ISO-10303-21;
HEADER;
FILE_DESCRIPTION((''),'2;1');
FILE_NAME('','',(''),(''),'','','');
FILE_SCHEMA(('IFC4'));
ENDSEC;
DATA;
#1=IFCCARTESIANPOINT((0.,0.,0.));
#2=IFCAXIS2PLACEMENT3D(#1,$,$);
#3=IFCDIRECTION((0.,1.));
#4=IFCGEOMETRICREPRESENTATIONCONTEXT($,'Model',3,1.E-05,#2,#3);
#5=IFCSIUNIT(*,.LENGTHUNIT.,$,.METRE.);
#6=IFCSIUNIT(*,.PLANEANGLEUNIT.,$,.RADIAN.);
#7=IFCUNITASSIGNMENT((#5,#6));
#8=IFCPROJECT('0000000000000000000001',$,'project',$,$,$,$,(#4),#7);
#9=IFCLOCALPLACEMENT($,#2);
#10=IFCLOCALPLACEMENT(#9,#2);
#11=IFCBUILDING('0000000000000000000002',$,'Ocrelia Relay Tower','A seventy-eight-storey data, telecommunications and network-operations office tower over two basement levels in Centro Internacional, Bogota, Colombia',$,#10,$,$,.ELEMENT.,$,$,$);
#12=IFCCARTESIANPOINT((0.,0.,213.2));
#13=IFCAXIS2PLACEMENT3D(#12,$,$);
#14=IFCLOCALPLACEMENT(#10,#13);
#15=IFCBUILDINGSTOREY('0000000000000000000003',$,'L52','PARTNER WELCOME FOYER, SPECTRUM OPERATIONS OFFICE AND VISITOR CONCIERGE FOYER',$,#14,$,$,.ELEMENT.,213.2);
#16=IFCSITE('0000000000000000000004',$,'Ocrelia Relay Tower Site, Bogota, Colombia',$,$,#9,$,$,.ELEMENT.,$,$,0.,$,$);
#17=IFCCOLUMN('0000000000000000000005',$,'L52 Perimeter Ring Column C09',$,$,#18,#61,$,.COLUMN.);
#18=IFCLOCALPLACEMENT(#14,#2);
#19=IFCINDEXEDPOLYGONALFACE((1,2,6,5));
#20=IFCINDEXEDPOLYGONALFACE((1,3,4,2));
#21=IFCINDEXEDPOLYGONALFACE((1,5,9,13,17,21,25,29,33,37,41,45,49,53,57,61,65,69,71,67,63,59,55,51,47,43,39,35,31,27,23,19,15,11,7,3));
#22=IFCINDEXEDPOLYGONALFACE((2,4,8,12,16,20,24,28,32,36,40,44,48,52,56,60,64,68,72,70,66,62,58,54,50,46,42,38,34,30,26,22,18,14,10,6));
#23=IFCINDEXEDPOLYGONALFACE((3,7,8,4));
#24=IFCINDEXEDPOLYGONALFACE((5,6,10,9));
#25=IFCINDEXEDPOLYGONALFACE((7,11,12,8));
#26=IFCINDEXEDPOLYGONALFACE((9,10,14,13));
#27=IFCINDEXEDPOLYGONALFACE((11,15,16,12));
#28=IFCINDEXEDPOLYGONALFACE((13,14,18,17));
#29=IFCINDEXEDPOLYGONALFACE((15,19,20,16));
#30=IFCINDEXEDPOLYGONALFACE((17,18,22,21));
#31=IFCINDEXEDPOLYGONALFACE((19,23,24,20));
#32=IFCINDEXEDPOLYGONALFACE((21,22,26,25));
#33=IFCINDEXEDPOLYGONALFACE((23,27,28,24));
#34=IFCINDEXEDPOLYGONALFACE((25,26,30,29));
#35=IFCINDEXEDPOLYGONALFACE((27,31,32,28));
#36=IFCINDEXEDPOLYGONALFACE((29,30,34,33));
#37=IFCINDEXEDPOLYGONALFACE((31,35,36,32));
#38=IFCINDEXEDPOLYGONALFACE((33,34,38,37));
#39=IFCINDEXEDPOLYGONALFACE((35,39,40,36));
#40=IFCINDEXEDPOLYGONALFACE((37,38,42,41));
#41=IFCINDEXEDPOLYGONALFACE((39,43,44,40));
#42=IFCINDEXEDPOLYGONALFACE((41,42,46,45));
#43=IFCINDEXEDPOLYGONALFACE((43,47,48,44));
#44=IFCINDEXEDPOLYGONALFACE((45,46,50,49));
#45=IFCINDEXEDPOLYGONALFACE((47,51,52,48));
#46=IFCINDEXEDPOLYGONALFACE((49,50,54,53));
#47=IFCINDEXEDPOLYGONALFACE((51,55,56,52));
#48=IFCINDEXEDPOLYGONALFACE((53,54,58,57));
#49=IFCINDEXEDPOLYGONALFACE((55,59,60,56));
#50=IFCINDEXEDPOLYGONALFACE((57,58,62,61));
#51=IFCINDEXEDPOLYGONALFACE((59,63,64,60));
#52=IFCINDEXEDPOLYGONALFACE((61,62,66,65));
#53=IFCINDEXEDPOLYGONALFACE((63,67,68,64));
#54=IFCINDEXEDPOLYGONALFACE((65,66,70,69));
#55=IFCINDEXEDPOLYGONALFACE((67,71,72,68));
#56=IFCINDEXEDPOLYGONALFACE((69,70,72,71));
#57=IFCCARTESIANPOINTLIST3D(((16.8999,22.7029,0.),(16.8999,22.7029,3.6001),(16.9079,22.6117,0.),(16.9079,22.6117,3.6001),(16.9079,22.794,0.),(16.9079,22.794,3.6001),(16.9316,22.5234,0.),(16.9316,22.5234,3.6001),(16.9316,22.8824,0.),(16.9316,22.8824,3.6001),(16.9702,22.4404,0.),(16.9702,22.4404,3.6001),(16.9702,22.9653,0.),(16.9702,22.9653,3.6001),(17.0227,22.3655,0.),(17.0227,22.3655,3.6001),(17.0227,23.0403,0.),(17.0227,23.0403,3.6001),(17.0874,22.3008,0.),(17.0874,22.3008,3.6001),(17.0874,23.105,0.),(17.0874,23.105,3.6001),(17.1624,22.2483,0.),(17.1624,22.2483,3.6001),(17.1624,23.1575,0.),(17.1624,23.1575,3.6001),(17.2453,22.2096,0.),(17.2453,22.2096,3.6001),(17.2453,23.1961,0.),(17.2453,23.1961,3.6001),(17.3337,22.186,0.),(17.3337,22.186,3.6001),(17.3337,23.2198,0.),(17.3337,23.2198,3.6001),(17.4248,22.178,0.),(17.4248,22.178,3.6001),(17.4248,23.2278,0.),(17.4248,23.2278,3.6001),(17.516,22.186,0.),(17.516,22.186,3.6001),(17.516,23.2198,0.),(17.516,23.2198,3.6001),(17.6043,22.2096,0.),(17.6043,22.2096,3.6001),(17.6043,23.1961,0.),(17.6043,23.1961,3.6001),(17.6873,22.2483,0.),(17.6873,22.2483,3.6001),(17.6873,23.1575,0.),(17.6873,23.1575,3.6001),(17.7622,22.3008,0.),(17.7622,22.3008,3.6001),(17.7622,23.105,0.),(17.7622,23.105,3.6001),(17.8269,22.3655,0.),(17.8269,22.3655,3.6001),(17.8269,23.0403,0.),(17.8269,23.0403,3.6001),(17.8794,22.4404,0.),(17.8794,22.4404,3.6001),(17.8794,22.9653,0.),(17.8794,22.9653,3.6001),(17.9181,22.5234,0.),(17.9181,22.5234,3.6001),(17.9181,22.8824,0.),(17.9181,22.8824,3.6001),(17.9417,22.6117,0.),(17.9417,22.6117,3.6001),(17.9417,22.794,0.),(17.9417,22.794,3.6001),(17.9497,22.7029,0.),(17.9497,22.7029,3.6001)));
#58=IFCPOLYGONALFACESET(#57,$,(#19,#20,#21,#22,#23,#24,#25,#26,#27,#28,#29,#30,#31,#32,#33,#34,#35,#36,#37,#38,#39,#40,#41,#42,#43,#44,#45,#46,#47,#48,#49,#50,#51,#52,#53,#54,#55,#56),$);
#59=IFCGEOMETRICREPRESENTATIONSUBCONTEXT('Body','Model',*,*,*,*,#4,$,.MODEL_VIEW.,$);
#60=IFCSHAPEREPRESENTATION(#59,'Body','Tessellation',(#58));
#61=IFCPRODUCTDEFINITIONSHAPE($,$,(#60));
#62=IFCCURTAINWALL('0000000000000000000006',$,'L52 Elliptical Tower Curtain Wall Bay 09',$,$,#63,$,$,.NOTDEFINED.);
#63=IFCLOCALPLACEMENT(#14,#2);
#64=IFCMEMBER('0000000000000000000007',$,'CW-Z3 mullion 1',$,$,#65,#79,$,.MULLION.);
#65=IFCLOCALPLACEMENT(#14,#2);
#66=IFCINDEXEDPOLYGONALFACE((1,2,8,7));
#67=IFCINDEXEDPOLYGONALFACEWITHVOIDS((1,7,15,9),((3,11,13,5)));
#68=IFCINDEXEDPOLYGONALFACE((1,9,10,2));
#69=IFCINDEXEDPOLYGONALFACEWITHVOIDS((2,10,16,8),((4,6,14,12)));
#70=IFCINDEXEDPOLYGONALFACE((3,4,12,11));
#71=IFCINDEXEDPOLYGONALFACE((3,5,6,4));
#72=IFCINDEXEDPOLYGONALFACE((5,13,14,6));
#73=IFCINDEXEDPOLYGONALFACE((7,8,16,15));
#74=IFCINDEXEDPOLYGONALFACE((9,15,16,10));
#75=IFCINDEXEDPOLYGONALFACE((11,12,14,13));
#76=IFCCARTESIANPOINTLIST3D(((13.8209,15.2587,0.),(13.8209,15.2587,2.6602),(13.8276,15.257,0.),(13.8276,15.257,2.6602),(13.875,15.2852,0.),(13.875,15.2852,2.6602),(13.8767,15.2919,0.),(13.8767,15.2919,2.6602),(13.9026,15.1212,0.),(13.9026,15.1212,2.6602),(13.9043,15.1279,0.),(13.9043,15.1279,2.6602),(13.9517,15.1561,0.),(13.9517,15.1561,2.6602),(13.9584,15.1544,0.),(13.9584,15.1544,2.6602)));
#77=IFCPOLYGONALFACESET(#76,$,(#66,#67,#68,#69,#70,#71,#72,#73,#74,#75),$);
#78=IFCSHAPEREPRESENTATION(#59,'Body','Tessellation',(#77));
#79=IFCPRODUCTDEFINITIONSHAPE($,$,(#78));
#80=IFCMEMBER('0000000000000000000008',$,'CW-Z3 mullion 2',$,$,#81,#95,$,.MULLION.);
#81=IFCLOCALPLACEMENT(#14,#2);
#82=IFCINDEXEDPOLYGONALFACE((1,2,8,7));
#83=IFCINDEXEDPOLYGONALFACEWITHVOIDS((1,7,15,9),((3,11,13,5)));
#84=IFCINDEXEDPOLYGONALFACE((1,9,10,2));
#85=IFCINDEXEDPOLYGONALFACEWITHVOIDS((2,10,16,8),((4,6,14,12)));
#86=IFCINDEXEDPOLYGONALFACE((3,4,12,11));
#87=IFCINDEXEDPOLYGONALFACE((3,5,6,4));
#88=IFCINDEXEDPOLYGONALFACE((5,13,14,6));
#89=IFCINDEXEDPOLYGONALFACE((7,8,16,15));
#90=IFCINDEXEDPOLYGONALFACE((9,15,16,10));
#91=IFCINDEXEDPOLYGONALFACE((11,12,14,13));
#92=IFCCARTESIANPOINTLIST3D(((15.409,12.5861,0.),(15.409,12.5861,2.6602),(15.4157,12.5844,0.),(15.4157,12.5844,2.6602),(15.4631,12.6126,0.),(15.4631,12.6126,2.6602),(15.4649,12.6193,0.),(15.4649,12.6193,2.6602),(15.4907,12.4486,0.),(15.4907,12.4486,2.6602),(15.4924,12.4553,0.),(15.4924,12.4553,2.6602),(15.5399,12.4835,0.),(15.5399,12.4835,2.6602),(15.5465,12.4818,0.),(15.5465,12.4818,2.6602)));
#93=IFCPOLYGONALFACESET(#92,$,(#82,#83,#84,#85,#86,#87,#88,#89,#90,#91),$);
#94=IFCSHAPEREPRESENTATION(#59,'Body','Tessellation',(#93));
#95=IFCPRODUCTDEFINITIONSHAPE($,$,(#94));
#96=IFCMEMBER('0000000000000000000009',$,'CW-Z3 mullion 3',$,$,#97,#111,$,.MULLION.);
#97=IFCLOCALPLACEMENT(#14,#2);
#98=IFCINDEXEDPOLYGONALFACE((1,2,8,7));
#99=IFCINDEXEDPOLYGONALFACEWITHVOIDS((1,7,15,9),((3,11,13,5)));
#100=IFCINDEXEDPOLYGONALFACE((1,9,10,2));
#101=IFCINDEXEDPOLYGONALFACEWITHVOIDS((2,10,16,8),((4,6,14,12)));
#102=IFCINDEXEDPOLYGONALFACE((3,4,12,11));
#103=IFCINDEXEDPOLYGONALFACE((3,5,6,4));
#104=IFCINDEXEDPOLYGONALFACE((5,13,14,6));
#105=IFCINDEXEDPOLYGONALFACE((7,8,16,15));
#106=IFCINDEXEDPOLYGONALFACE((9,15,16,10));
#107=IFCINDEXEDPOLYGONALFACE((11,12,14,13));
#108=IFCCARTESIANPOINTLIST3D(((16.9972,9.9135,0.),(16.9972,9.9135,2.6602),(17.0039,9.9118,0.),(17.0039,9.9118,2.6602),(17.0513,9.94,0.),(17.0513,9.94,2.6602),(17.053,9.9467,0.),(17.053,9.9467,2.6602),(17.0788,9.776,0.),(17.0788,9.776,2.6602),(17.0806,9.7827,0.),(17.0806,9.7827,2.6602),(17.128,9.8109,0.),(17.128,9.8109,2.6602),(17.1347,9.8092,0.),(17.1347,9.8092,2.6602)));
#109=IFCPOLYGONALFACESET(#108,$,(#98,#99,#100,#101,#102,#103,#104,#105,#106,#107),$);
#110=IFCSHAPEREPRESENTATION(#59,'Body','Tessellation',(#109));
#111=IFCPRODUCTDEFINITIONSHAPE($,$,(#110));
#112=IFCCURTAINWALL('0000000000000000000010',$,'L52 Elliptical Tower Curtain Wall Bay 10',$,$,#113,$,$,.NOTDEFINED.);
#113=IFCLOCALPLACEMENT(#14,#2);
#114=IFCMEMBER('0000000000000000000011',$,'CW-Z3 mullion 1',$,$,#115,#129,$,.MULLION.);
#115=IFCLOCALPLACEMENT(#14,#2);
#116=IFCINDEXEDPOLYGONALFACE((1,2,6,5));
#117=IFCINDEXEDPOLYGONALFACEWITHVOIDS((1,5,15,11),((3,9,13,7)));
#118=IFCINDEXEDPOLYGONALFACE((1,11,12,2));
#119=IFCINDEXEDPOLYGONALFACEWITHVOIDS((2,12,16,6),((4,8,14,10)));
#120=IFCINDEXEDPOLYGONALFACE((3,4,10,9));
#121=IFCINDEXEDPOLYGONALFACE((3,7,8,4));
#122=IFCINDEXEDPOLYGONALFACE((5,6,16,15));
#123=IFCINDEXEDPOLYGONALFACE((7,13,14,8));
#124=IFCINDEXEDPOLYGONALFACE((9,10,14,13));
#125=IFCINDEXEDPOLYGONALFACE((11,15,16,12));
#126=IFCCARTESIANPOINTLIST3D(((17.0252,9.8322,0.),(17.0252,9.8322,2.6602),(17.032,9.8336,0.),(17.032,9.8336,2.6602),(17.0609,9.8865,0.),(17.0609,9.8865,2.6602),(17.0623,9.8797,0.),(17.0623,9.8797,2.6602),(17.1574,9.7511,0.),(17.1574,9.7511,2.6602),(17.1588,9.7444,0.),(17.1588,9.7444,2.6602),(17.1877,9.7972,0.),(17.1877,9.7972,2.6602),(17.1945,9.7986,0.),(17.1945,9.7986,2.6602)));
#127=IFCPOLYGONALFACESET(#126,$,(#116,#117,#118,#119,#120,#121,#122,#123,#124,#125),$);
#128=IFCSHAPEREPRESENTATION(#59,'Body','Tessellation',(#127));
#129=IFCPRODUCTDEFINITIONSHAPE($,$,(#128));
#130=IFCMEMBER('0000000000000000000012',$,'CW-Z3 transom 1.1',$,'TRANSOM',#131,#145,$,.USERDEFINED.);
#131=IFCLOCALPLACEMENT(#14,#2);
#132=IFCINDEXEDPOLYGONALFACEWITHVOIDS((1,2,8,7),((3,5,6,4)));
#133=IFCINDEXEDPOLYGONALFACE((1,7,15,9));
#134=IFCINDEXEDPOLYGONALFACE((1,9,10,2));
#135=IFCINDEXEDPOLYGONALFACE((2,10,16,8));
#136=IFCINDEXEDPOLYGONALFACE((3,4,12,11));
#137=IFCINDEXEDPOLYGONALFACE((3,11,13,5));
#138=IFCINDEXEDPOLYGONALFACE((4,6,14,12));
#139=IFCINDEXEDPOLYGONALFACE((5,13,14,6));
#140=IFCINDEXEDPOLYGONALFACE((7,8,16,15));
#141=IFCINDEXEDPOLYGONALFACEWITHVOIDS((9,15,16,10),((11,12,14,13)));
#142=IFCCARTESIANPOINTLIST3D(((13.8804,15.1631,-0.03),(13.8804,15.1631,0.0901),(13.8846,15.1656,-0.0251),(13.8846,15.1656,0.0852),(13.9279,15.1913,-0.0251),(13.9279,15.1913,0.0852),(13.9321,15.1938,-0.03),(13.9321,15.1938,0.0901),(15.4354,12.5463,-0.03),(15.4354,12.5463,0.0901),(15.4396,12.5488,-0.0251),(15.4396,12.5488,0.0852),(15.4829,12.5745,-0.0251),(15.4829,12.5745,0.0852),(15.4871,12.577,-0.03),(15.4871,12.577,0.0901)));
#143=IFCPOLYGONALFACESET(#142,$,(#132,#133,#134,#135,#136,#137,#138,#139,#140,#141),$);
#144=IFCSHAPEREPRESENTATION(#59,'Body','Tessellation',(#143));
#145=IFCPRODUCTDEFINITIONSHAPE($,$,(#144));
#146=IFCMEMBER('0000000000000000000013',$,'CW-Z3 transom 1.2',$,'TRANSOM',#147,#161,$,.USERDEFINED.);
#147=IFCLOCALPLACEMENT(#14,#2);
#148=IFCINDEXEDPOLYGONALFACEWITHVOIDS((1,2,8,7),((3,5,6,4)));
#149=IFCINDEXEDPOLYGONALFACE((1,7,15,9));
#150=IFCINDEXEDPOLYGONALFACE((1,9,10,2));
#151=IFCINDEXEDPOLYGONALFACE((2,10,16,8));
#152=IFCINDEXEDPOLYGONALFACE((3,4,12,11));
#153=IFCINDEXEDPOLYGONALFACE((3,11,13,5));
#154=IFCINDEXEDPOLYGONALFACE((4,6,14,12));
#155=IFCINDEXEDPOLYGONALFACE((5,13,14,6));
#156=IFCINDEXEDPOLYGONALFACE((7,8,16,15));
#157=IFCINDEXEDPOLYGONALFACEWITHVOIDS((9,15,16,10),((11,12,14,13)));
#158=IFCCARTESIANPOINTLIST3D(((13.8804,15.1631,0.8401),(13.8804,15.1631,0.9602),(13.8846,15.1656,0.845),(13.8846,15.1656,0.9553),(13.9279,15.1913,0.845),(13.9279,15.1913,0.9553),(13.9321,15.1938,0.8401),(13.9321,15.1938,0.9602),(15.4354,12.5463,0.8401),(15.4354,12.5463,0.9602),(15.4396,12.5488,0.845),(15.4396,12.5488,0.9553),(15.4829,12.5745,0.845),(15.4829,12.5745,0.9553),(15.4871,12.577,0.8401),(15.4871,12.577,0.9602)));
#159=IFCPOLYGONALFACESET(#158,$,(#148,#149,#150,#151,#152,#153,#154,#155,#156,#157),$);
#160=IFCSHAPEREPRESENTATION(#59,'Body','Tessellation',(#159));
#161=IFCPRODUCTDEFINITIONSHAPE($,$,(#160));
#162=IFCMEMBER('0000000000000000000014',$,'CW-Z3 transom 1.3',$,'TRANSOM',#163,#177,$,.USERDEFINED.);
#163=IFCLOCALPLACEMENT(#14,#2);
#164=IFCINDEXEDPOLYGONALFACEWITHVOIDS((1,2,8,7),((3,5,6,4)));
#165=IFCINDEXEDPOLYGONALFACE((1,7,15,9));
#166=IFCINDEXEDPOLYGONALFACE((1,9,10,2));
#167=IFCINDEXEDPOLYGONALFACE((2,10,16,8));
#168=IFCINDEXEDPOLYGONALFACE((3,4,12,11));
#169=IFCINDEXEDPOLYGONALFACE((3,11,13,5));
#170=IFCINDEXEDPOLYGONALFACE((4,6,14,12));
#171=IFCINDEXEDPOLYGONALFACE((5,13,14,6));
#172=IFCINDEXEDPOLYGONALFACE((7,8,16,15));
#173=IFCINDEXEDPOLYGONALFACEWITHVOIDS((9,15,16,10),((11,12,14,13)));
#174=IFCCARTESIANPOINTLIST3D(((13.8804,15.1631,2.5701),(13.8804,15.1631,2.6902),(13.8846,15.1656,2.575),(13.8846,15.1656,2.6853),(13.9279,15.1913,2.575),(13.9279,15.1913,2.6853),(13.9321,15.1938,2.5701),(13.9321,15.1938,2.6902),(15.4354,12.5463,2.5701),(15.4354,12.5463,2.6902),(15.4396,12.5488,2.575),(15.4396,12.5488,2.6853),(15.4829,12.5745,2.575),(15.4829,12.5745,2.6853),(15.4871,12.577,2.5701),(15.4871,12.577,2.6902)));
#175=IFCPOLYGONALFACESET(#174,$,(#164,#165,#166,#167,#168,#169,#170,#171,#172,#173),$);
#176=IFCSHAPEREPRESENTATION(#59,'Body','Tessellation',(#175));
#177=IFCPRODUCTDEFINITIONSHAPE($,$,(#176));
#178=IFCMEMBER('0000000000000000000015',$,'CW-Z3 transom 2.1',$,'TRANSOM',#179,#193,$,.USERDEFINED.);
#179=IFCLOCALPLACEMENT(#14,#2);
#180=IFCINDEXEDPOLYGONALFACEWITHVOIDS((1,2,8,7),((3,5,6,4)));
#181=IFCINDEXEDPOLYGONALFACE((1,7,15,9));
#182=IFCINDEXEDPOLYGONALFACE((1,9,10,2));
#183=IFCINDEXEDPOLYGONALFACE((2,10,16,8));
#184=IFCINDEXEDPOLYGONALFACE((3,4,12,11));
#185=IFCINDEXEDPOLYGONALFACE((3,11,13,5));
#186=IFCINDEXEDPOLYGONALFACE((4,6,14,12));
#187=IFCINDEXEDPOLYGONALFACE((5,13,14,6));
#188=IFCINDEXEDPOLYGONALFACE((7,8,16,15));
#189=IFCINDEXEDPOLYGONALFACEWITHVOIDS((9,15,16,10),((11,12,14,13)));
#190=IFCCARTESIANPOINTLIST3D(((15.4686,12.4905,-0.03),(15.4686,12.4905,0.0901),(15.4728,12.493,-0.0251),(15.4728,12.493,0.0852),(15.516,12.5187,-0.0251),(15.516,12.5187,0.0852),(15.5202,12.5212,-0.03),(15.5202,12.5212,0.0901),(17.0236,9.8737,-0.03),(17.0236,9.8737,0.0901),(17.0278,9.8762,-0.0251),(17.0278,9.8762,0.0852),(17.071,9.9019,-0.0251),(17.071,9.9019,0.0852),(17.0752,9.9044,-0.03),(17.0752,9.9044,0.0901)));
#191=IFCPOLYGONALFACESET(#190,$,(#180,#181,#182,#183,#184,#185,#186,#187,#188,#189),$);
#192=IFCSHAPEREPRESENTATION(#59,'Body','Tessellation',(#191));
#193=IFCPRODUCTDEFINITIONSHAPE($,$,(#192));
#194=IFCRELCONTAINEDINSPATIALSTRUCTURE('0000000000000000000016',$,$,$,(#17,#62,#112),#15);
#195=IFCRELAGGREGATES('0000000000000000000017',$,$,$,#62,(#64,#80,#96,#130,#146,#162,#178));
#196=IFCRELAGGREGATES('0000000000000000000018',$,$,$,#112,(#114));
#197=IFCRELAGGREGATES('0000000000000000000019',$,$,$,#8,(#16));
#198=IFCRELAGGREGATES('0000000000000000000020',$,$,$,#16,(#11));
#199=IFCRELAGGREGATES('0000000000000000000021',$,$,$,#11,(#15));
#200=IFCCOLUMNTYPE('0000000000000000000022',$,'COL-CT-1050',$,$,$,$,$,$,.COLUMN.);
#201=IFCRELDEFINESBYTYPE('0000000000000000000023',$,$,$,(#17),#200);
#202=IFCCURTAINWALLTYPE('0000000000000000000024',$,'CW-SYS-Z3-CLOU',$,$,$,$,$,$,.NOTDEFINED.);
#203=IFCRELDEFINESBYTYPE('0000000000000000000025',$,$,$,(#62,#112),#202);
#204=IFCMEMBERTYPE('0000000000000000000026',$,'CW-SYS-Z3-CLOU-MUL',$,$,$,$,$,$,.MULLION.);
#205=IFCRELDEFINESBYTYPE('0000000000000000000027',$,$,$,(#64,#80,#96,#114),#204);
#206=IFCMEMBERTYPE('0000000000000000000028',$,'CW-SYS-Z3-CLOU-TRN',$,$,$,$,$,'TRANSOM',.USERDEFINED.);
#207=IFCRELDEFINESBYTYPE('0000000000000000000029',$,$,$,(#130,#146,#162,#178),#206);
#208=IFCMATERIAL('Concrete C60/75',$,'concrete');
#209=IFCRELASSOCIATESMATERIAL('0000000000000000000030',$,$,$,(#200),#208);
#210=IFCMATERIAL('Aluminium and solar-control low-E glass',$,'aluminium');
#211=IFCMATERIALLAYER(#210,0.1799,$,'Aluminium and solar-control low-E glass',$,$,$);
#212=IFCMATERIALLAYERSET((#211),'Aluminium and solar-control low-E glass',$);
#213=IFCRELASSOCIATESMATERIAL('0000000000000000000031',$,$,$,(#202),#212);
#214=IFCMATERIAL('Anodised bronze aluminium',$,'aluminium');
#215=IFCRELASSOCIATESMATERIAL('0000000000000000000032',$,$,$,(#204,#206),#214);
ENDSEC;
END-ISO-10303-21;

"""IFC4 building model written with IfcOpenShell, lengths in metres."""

from ifc_helpers import new_model, si_unit, direction, frame, origin, origin_2d, place, context, subcontext, project, spatial, hollow_rectangle, circle, extrude, material, layer, layer_set, material_profile, profile_set, type_object, element, aggregate, save


model = new_model("IFC4")

# Units and contexts
model_context = context("Model", 3, precision=1e-05, world=origin(), true_north=direction((0.0, 1.0)))
body_context = subcontext(model_context, "Body", "Model", "MODEL_VIEW")
ifc_project = project(units=[si_unit("LENGTHUNIT", "METRE"), si_unit("PLANEANGLEUNIT", "RADIAN")], contexts=[model_context])

# Site, building, storey
site_placement = place(None, origin())
site = spatial("IfcSite", under=ifc_project, at=site_placement, Name="Ocrelia Relay Tower Site, Bogota, Colombia", CompositionType="ELEMENT", RefElevation=0.0)
building_placement = place(site_placement, origin())
building = spatial("IfcBuilding", under=site, at=building_placement, Name="Ocrelia Relay Tower", Description="A seventy-eight-storey data, telecommunications and network-operations office tower over two basement levels in Centro Internacional, Bogota, Colombia", CompositionType="ELEMENT")
storey_placement = place(building_placement, frame((0.0, 0.0, 213.2)))
storey = spatial("IfcBuildingStorey", under=building, at=storey_placement, Name="L52", Description="PARTNER WELCOME FOYER, SPECTRUM OPERATIONS OFFICE AND VISITOR CONCIERGE FOYER", CompositionType="ELEMENT", Elevation=213.2)

# Column
ifc_material_1 = material(Name="Concrete C60/75", Category="concrete")
ifc_material_profile_1 = material_profile(ifc_material_1, circle(Radius=0.5249, at=origin_2d()), Name="RC-CIR-1050")
ifc_profile_set_1 = profile_set([ifc_material_profile_1], Name="Concrete C60/75")
column_type = type_object("IfcColumnType", Name="COL-CT-1050", PredefinedType="COLUMN", material=ifc_profile_set_1)
column_placement = place(storey_placement, frame((17.4248, 22.7029, 0.0), z_axis=(0.0, 0.0, 1.0), x_axis=(1.0, 0.0, 0.0)))
element("IfcColumn", 1, at=column_placement, inside=storey, type_object=column_type, Name="L52 Perimeter Ring Column C09", PredefinedType="COLUMN", context=body_context, shape_type="SweptSolid", body=[
    extrude(circle(Radius=0.5249, at=origin_2d()), origin(), (0.0, 0.0, 1.0), 3.6001),
])

# Curtain wall, members
ifc_material_2 = material(Name="Aluminium and solar-control low-E glass", Category="aluminium")
ifc_layer_1 = layer(ifc_material_2, 0.1799, Name="Aluminium and solar-control low-E glass")
ifc_layer_set_1 = layer_set([ifc_layer_1], Name="Aluminium and solar-control low-E glass")
curtain_wall_type = type_object("IfcCurtainWallType", Name="CW-SYS-Z3-CLOU", PredefinedType="NOTDEFINED", material=ifc_layer_set_1)
curtain_wall_1_placement = place(storey_placement, origin())
curtain_wall_1 = element("IfcCurtainWall", 2, at=curtain_wall_1_placement, inside=storey, type_object=curtain_wall_type, Name="L52 Elliptical Tower Curtain Wall Bay 09", PredefinedType="NOTDEFINED")
ifc_material_3 = material(Name="Anodised bronze aluminium", Category="aluminium")
ifc_material_profile_2 = material_profile(ifc_material_3, hollow_rectangle(XDim=0.0649, YDim=0.1599, WallThickness=0.0049, at=origin_2d()), Name="CW-MUL-160x65")
ifc_profile_set_2 = profile_set([ifc_material_profile_2], Name="Anodised bronze aluminium")
member_type_1 = type_object("IfcMemberType", Name="CW-SYS-Z3-CLOU-MUL", PredefinedType="MULLION", material=ifc_profile_set_2)
member_1_placement = place(storey_placement, frame((13.8896, 15.2065, 0.0), z_axis=(0.0, 0.0, 1.0), x_axis=(0.859669, 0.510851, 0.0)))
member_1 = element("IfcMember", 3, at=member_1_placement, type_object=member_type_1, Name="CW-Z3 mullion 1", PredefinedType="MULLION", context=body_context, shape_type="SweptSolid", body=[
    extrude(hollow_rectangle(XDim=0.0649, YDim=0.1599, WallThickness=0.0049, at=origin_2d()), origin(), (0.0, 0.0, 1.0), 2.6602),
])
member_2_placement = place(storey_placement, frame((15.4778, 12.5339, 0.0), z_axis=(0.0, 0.0, 1.0), x_axis=(0.859669, 0.510851, 0.0)))
member_2 = element("IfcMember", 4, at=member_2_placement, type_object=member_type_1, Name="CW-Z3 mullion 2", PredefinedType="MULLION", context=body_context, shape_type="SweptSolid", body=[
    extrude(hollow_rectangle(XDim=0.0649, YDim=0.1599, WallThickness=0.0049, at=origin_2d()), origin(), (0.0, 0.0, 1.0), 2.6602),
])
member_3_placement = place(storey_placement, frame((17.0659, 9.8613, 0.0), z_axis=(0.0, 0.0, 1.0), x_axis=(0.859669, 0.510851, 0.0)))
member_3 = element("IfcMember", 5, at=member_3_placement, type_object=member_type_1, Name="CW-Z3 mullion 3", PredefinedType="MULLION", context=body_context, shape_type="SweptSolid", body=[
    extrude(hollow_rectangle(XDim=0.0649, YDim=0.1599, WallThickness=0.0049, at=origin_2d()), origin(), (0.0, 0.0, 1.0), 2.6602),
])

# Curtain wall, member
curtain_wall_2_placement = place(storey_placement, origin())
curtain_wall_2 = element("IfcCurtainWall", 6, at=curtain_wall_2_placement, inside=storey, type_object=curtain_wall_type, Name="L52 Elliptical Tower Curtain Wall Bay 10", PredefinedType="NOTDEFINED")
member_4_placement = place(storey_placement, frame((17.1099, 9.8154, 0.0), z_axis=(0.0, 0.0, 1.0), x_axis=(0.549319, 0.835613, 0.0)))
member_4 = element("IfcMember", 7, at=member_4_placement, type_object=member_type_1, Name="CW-Z3 mullion 1", PredefinedType="MULLION", context=body_context, shape_type="SweptSolid", body=[
    extrude(hollow_rectangle(XDim=0.0649, YDim=0.1599, WallThickness=0.0049, at=origin_2d()), origin(), (0.0, 0.0, 1.0), 2.6602),
])

# Members
ifc_material_profile_3 = material_profile(ifc_material_3, hollow_rectangle(XDim=0.0601, YDim=0.1201, WallThickness=0.0049, at=origin_2d()), Name="CW-TRN-120x60")
ifc_profile_set_3 = profile_set([ifc_material_profile_3], Name="Anodised bronze aluminium")
member_type_2 = type_object("IfcMemberType", Name="CW-SYS-Z3-CLOU-TRN", ElementType="TRANSOM", PredefinedType="USERDEFINED", material=ifc_profile_set_3)
member_5_placement = place(storey_placement, frame((13.9062, 15.1785, 0.03), z_axis=(0.510846, -0.859672, 0.0), x_axis=(0.859672, 0.510846, 0.0)))
member_5 = element("IfcMember", 8, at=member_5_placement, type_object=member_type_2, Name="CW-Z3 transom 1.1", ObjectType="TRANSOM", PredefinedType="USERDEFINED", context=body_context, shape_type="SweptSolid", body=[
    extrude(hollow_rectangle(XDim=0.0601, YDim=0.1201, WallThickness=0.0049, at=origin_2d()), origin(), (0.0, 0.0, 1.0), 3.0439),
])
member_6_placement = place(storey_placement, frame((13.9062, 15.1785, 0.9001), z_axis=(0.510846, -0.859672, 0.0), x_axis=(0.859672, 0.510846, 0.0)))
member_6 = element("IfcMember", 9, at=member_6_placement, type_object=member_type_2, Name="CW-Z3 transom 1.2", ObjectType="TRANSOM", PredefinedType="USERDEFINED", context=body_context, shape_type="SweptSolid", body=[
    extrude(hollow_rectangle(XDim=0.0601, YDim=0.1201, WallThickness=0.0049, at=origin_2d()), origin(), (0.0, 0.0, 1.0), 3.0439),
])
member_7_placement = place(storey_placement, frame((13.9062, 15.1785, 2.6301), z_axis=(0.510846, -0.859672, 0.0), x_axis=(0.859672, 0.510846, 0.0)))
member_7 = element("IfcMember", 10, at=member_7_placement, type_object=member_type_2, Name="CW-Z3 transom 1.3", ObjectType="TRANSOM", PredefinedType="USERDEFINED", context=body_context, shape_type="SweptSolid", body=[
    extrude(hollow_rectangle(XDim=0.0601, YDim=0.1201, WallThickness=0.0049, at=origin_2d()), origin(), (0.0, 0.0, 1.0), 3.0439),
])
member_8_placement = place(storey_placement, frame((15.4944, 12.5059, 0.03), z_axis=(0.510846, -0.859672, 0.0), x_axis=(0.859672, 0.510846, 0.0)))
member_8 = element("IfcMember", 11, at=member_8_placement, type_object=member_type_2, Name="CW-Z3 transom 2.1", ObjectType="TRANSOM", PredefinedType="USERDEFINED", context=body_context, shape_type="SweptSolid", body=[
    extrude(hollow_rectangle(XDim=0.0601, YDim=0.1201, WallThickness=0.0049, at=origin_2d()), origin(), (0.0, 0.0, 1.0), 3.0439),
])

aggregate(curtain_wall_1, [member_1, member_2, member_3, member_5, member_6, member_7, member_8])
aggregate(curtain_wall_2, [member_4])

save(model, "model.ifc")
